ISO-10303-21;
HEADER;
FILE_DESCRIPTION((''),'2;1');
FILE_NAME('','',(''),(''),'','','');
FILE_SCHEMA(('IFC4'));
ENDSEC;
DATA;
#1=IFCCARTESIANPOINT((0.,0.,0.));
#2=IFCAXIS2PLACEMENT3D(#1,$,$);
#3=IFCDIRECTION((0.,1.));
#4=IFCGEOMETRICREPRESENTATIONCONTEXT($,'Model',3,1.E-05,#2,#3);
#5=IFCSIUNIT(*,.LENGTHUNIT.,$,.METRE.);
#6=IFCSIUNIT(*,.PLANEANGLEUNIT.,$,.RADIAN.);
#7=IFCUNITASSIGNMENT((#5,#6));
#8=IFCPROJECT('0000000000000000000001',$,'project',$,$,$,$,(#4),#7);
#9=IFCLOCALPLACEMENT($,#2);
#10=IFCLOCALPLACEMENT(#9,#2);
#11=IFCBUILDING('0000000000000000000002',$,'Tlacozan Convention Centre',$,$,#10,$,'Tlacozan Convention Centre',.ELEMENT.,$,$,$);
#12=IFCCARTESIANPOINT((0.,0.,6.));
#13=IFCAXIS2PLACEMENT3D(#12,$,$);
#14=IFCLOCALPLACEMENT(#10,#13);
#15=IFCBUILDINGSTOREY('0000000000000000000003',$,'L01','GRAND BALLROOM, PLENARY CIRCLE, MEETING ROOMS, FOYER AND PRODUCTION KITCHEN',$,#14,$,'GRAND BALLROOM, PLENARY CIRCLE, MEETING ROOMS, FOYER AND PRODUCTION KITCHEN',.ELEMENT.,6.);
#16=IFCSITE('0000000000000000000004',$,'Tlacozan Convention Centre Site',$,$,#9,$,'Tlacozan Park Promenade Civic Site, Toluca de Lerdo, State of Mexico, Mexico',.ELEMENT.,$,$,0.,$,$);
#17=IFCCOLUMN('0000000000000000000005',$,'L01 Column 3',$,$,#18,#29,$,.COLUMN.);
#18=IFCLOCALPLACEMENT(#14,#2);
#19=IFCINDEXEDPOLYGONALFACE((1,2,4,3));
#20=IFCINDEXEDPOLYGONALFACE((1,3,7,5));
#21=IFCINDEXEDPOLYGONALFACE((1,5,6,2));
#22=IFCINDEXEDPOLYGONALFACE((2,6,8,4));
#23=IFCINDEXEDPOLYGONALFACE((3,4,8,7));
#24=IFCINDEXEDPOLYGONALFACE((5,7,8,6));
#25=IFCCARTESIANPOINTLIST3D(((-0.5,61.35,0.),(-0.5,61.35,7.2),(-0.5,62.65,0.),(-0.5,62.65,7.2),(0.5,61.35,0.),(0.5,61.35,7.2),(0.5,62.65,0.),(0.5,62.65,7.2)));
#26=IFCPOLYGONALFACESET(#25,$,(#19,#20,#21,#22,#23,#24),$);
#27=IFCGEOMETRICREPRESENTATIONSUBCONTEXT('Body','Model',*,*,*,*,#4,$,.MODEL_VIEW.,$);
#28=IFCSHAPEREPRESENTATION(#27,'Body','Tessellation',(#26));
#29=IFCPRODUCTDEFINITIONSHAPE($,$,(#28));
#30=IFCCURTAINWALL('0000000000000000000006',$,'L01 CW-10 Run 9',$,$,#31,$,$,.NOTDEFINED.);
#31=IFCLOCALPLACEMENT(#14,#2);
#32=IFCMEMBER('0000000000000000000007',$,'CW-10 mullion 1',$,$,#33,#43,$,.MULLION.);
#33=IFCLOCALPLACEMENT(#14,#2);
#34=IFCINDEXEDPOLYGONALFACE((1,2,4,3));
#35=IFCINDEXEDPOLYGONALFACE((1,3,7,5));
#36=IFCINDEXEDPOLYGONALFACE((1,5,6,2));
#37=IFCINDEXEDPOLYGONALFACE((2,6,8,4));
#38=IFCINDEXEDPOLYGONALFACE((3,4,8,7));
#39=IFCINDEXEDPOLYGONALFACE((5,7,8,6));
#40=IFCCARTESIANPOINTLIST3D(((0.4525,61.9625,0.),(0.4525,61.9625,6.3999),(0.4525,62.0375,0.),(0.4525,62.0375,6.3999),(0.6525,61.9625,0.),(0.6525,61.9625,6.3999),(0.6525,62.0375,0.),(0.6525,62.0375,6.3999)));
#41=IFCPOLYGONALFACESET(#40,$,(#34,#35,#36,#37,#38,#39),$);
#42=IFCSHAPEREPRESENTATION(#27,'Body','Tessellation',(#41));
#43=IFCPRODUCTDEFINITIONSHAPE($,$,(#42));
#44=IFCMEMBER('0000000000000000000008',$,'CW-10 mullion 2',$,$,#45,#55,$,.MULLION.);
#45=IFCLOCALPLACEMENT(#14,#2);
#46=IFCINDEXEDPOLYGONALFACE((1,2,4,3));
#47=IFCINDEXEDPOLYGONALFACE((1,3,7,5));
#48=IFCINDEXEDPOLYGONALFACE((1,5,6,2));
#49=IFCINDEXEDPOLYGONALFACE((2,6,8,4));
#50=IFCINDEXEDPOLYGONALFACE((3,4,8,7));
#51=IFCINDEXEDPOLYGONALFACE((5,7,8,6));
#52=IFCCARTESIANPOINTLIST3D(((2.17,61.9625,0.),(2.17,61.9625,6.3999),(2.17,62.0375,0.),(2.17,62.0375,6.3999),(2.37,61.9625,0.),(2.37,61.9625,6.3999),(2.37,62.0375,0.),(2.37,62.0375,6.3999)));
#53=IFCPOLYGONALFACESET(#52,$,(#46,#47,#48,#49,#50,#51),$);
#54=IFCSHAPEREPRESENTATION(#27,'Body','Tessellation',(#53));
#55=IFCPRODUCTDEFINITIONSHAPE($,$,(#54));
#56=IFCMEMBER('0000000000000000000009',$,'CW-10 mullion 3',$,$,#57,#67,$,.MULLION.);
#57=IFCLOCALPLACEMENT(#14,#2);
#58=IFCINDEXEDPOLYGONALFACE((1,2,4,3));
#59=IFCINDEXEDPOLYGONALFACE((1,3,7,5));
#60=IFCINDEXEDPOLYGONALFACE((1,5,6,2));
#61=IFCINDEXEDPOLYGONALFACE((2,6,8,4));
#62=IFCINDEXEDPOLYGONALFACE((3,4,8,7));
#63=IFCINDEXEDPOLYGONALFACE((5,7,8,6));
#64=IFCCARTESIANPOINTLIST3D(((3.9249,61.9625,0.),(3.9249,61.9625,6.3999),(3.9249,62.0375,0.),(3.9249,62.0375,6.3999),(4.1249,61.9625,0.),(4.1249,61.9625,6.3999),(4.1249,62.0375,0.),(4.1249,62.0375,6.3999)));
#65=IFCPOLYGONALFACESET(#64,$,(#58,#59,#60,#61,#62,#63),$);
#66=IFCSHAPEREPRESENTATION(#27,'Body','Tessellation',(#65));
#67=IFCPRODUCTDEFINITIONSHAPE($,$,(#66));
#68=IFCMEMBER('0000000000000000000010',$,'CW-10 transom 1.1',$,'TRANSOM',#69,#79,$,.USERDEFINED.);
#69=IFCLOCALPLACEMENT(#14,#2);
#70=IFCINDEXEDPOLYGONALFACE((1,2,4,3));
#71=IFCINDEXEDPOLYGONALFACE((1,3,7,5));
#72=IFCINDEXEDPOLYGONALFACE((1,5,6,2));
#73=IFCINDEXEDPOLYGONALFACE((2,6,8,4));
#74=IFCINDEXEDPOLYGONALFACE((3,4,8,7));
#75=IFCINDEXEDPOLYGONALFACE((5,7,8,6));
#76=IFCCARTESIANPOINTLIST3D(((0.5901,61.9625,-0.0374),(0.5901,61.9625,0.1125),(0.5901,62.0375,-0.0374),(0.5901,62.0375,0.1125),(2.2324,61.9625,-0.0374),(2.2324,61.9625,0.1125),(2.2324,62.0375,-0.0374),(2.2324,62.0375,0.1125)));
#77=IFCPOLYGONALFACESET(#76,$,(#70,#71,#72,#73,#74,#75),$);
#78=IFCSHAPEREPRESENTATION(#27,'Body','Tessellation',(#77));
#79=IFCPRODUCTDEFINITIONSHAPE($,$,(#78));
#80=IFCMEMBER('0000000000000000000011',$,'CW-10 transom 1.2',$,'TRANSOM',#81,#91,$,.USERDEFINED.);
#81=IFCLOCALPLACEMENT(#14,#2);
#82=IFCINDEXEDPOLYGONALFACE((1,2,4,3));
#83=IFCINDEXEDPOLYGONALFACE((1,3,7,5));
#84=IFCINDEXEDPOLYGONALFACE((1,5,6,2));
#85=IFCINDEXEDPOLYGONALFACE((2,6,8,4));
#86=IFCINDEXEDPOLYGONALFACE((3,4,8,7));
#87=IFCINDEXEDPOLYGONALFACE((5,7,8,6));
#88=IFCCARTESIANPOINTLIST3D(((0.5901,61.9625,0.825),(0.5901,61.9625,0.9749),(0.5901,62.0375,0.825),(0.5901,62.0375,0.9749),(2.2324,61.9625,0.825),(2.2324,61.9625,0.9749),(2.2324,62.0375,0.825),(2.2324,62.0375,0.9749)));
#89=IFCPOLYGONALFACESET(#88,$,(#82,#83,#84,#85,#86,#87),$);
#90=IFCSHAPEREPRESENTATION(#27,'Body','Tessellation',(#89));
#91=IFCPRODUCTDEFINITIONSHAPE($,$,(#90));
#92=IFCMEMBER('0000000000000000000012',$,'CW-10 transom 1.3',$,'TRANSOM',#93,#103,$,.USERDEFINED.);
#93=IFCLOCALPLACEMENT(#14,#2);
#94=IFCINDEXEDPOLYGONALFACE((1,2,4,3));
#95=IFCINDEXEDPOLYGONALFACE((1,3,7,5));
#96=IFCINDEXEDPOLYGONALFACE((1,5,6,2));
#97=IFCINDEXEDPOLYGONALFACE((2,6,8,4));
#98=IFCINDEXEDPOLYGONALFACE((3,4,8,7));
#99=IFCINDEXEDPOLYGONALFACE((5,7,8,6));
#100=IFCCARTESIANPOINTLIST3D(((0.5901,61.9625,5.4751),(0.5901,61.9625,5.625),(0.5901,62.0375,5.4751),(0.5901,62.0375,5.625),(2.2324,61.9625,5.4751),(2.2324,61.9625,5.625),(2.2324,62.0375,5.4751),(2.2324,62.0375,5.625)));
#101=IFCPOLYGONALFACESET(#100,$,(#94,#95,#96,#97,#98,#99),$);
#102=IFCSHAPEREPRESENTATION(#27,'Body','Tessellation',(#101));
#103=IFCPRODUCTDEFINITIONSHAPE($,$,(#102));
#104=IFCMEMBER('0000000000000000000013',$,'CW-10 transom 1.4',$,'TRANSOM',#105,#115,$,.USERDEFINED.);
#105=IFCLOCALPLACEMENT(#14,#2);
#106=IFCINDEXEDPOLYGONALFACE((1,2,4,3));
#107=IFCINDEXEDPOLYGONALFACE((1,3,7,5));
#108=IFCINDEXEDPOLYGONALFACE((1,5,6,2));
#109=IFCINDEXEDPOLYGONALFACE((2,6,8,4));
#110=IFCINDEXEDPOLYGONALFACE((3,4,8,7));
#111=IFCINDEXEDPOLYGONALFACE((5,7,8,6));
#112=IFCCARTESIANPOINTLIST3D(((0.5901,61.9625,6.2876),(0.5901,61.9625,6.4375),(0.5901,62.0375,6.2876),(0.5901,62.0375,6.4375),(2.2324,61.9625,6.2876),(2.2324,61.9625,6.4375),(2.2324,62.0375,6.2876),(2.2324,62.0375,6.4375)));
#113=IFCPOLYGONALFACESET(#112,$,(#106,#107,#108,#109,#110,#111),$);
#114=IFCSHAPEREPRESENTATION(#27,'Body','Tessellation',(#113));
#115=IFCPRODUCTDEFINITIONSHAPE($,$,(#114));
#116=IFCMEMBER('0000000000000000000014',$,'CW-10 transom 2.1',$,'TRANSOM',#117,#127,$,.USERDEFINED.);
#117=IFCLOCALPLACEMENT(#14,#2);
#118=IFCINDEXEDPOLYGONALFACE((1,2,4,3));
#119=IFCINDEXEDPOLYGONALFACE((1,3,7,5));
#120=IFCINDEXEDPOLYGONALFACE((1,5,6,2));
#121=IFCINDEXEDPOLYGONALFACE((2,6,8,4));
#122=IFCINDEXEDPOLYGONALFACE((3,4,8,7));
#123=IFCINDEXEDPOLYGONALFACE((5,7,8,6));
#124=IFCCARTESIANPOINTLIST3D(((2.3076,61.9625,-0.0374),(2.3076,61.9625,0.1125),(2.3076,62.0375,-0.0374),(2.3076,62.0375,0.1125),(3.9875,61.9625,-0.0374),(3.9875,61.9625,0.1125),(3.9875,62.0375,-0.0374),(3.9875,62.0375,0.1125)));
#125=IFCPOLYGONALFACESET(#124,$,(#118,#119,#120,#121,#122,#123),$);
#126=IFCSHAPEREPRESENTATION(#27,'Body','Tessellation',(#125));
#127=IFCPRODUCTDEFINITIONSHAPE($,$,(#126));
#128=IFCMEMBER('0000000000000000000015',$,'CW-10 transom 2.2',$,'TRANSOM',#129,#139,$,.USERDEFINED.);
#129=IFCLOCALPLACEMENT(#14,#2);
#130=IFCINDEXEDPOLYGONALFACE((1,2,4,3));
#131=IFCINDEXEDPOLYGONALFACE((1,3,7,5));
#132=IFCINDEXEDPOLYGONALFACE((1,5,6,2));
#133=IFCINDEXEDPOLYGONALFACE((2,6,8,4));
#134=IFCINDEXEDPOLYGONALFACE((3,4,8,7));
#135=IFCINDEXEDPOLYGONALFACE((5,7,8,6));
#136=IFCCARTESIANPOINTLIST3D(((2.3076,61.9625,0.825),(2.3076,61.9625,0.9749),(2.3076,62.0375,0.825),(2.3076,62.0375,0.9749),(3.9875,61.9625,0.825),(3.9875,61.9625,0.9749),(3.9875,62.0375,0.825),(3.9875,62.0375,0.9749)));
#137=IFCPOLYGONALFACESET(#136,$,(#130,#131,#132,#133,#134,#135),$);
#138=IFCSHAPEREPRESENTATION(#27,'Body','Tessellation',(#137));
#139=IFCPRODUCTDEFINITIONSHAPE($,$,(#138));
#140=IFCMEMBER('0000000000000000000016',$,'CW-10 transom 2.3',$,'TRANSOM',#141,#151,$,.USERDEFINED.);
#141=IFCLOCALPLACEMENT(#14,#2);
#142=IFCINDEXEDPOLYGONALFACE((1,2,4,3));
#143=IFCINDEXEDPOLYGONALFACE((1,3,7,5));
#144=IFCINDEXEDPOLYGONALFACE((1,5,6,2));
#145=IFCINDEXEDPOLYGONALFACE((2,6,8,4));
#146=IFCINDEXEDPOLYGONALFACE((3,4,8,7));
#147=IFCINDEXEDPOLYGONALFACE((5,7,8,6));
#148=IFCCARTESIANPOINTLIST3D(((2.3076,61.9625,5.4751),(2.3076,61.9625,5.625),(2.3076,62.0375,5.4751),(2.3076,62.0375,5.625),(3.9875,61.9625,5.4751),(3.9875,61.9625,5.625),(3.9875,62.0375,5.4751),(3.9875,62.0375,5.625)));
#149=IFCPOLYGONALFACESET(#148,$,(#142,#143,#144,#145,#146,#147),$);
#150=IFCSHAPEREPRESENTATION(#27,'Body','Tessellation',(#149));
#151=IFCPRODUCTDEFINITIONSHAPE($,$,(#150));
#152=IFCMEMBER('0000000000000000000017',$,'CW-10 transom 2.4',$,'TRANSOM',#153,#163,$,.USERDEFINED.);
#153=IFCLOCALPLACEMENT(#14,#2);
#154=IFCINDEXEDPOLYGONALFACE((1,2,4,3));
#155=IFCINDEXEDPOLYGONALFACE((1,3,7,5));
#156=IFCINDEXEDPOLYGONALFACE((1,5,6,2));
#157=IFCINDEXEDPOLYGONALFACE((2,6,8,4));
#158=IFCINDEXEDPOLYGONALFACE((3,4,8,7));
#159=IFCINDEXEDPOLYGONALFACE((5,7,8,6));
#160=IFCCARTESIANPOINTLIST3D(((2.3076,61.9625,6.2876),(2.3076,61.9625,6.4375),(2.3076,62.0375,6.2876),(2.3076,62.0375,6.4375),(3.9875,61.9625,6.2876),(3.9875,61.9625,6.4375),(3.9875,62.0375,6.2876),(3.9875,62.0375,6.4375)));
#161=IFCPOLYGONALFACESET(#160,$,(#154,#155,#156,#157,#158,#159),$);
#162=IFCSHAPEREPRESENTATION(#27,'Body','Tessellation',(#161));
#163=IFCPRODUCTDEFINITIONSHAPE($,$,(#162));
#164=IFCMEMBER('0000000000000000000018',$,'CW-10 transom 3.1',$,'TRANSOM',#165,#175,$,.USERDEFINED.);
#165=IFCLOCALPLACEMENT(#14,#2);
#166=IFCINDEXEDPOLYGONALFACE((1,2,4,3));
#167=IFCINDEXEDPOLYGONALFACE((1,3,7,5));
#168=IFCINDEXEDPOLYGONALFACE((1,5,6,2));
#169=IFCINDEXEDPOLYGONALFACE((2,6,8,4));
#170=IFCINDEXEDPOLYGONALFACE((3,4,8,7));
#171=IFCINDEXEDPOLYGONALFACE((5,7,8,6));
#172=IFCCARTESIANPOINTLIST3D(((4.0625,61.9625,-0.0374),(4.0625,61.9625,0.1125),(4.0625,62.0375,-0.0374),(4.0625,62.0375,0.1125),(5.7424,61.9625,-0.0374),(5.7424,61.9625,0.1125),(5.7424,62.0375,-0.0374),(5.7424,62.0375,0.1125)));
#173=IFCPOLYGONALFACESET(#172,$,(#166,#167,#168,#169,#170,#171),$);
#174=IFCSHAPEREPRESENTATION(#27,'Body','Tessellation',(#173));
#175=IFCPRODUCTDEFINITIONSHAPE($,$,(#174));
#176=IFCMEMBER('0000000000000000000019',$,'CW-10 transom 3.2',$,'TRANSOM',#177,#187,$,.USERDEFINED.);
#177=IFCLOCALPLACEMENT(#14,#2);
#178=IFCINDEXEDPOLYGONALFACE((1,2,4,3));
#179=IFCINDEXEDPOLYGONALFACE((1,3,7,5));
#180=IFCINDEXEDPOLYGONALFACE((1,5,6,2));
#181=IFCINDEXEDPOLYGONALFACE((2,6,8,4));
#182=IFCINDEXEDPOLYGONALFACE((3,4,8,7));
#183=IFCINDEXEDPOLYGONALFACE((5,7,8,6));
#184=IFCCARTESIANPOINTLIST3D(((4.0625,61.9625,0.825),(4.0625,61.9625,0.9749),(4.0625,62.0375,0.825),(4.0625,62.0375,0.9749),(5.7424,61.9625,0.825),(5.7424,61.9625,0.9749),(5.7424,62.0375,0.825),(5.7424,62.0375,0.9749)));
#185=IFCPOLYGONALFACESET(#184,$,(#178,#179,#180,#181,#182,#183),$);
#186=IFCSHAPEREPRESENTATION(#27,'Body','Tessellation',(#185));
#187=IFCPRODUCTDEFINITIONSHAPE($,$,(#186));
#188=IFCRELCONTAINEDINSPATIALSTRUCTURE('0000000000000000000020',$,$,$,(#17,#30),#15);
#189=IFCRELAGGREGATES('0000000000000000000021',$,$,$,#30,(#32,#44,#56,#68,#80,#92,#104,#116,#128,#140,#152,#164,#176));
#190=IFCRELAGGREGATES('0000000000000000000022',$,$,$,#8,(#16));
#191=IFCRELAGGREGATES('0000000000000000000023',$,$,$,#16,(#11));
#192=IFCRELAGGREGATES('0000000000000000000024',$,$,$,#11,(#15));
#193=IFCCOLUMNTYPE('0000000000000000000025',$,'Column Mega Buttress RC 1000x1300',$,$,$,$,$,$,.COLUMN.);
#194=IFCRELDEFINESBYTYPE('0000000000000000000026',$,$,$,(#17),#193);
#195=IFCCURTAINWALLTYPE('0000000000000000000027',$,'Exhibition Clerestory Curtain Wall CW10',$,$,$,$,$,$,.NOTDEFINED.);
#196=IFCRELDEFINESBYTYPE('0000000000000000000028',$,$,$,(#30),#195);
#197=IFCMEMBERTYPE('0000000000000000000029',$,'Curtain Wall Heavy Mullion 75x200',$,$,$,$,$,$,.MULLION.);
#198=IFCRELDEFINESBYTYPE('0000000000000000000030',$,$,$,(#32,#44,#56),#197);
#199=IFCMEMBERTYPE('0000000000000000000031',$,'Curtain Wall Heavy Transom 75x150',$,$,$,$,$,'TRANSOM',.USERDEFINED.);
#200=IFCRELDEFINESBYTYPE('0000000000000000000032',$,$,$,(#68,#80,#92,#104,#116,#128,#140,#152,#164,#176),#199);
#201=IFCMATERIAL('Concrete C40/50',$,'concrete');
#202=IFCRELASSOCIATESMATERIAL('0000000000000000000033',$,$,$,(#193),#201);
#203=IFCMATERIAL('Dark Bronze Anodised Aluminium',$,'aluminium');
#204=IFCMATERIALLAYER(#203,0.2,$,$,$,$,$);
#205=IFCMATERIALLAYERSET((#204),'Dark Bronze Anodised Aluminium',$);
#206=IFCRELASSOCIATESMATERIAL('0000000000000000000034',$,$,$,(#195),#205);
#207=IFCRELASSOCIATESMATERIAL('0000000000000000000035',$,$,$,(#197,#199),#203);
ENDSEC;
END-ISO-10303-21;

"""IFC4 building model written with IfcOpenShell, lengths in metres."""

from ifc_helpers import new_model, si_unit, direction, frame, origin, origin_2d, place, context, subcontext, project, spatial, rectangle, extrude, material, layer, layer_set, material_profile, profile_set, type_object, element, aggregate, save


model = new_model("IFC4")

# Units and contexts
model_context = context("Model", 3, precision=1e-05, world=origin(), true_north=direction((0.0, 1.0)))
body_context = subcontext(model_context, "Body", "Model", "MODEL_VIEW")
ifc_project = project(units=[si_unit("LENGTHUNIT", "METRE"), si_unit("PLANEANGLEUNIT", "RADIAN")], contexts=[model_context])

# Site, building, storey
site_placement = place(None, origin())
site = spatial("IfcSite", under=ifc_project, at=site_placement, Name="Tlacozan Convention Centre Site", LongName="Tlacozan Park Promenade Civic Site, Toluca de Lerdo, State of Mexico, Mexico", CompositionType="ELEMENT", RefElevation=0.0)
building_placement = place(site_placement, origin())
building = spatial("IfcBuilding", under=site, at=building_placement, Name="Tlacozan Convention Centre", LongName="Tlacozan Convention Centre", CompositionType="ELEMENT")
storey_placement = place(building_placement, frame((0.0, 0.0, 6.0)))
storey = spatial("IfcBuildingStorey", under=building, at=storey_placement, Name="L01", Description="GRAND BALLROOM, PLENARY CIRCLE, MEETING ROOMS, FOYER AND PRODUCTION KITCHEN", LongName="GRAND BALLROOM, PLENARY CIRCLE, MEETING ROOMS, FOYER AND PRODUCTION KITCHEN", CompositionType="ELEMENT", Elevation=6.0)

# Column
ifc_material_1 = material(Name="Concrete C40/50", Category="concrete")
ifc_material_profile_1 = material_profile(ifc_material_1, rectangle(XDim=1.0, YDim=1.3, at=origin_2d()), Name="RC 1000x1300")
ifc_profile_set_1 = profile_set([ifc_material_profile_1], Name="Concrete C40/50")
column_type = type_object("IfcColumnType", Name="Column Mega Buttress RC 1000x1300", PredefinedType="COLUMN", material=ifc_profile_set_1)
column_placement = place(storey_placement, frame((0.0, 62.0, 0.0), z_axis=(0.0, 0.0, 1.0), x_axis=(1.0, 0.0, 0.0)))
element("IfcColumn", 1, at=column_placement, inside=storey, type_object=column_type, Name="L01 Column 3", PredefinedType="COLUMN", context=body_context, shape_type="SweptSolid", body=[
    extrude(rectangle(XDim=1.0, YDim=1.3, at=origin_2d()), origin(), (0.0, 0.0, 1.0), 7.2),
])

# Curtain wall, members
ifc_material_2 = material(Name="Dark Bronze Anodised Aluminium", Category="aluminium")
ifc_layer_1 = layer(ifc_material_2, 0.2)
ifc_layer_set_1 = layer_set([ifc_layer_1], Name="Dark Bronze Anodised Aluminium")
curtain_wall_type = type_object("IfcCurtainWallType", Name="Exhibition Clerestory Curtain Wall CW10", PredefinedType="NOTDEFINED", material=ifc_layer_set_1)
curtain_wall_placement = place(storey_placement, origin())
curtain_wall = element("IfcCurtainWall", 2, at=curtain_wall_placement, inside=storey, type_object=curtain_wall_type, Name="L01 CW-10 Run 9", PredefinedType="NOTDEFINED")
ifc_material_profile_2 = material_profile(ifc_material_2, rectangle(XDim=0.075, YDim=0.2, at=origin_2d()), Name="ALU 75x200")
ifc_profile_set_2 = profile_set([ifc_material_profile_2], Name="Dark Bronze Anodised Aluminium")
member_type_1 = type_object("IfcMemberType", Name="Curtain Wall Heavy Mullion 75x200", PredefinedType="MULLION", material=ifc_profile_set_2)
member_1_placement = place(storey_placement, frame((0.5525, 62.0, 0.0), z_axis=(0.0, 0.0, 1.0), x_axis=(0.0, 1.0, 0.0)))
member_1 = element("IfcMember", 3, at=member_1_placement, type_object=member_type_1, Name="CW-10 mullion 1", PredefinedType="MULLION", context=body_context, shape_type="SweptSolid", body=[
    extrude(rectangle(XDim=0.075, YDim=0.2, at=origin_2d()), origin(), (0.0, 0.0, 1.0), 6.3999),
])
member_2_placement = place(storey_placement, frame((2.27, 62.0, 0.0), z_axis=(0.0, 0.0, 1.0), x_axis=(0.0, 1.0, 0.0)))
member_2 = element("IfcMember", 4, at=member_2_placement, type_object=member_type_1, Name="CW-10 mullion 2", PredefinedType="MULLION", context=body_context, shape_type="SweptSolid", body=[
    extrude(rectangle(XDim=0.075, YDim=0.2, at=origin_2d()), origin(), (0.0, 0.0, 1.0), 6.3999),
])
member_3_placement = place(storey_placement, frame((4.0249, 62.0, 0.0), z_axis=(0.0, 0.0, 1.0), x_axis=(0.0, 1.0, 0.0)))
member_3 = element("IfcMember", 5, at=member_3_placement, type_object=member_type_1, Name="CW-10 mullion 3", PredefinedType="MULLION", context=body_context, shape_type="SweptSolid", body=[
    extrude(rectangle(XDim=0.075, YDim=0.2, at=origin_2d()), origin(), (0.0, 0.0, 1.0), 6.3999),
])
ifc_material_profile_3 = material_profile(ifc_material_2, rectangle(XDim=0.075, YDim=0.1499, at=origin_2d()), Name="ALU 75x150")
ifc_profile_set_3 = profile_set([ifc_material_profile_3], Name="Dark Bronze Anodised Aluminium")
member_type_2 = type_object("IfcMemberType", Name="Curtain Wall Heavy Transom 75x150", ElementType="TRANSOM", PredefinedType="USERDEFINED", material=ifc_profile_set_3)
member_4_placement = place(storey_placement, frame((0.5901, 62.0, 0.0376), z_axis=(1.0, 0.0, 0.0), x_axis=(0.0, 1.0, 0.0)))
member_4 = element("IfcMember", 6, at=member_4_placement, type_object=member_type_2, Name="CW-10 transom 1.1", ObjectType="TRANSOM", PredefinedType="USERDEFINED", context=body_context, shape_type="SweptSolid", body=[
    extrude(rectangle(XDim=0.075, YDim=0.1499, at=origin_2d()), origin(), (0.0, 0.0, 1.0), 1.6423),
])
member_5_placement = place(storey_placement, frame((0.5901, 62.0, 0.8999), z_axis=(1.0, 0.0, 0.0), x_axis=(0.0, 1.0, 0.0)))
member_5 = element("IfcMember", 7, at=member_5_placement, type_object=member_type_2, Name="CW-10 transom 1.2", ObjectType="TRANSOM", PredefinedType="USERDEFINED", context=body_context, shape_type="SweptSolid", body=[
    extrude(rectangle(XDim=0.075, YDim=0.1499, at=origin_2d()), origin(), (0.0, 0.0, 1.0), 1.6423),
])
member_6_placement = place(storey_placement, frame((0.5901, 62.0, 5.55), z_axis=(1.0, 0.0, 0.0), x_axis=(0.0, 1.0, 0.0)))
member_6 = element("IfcMember", 8, at=member_6_placement, type_object=member_type_2, Name="CW-10 transom 1.3", ObjectType="TRANSOM", PredefinedType="USERDEFINED", context=body_context, shape_type="SweptSolid", body=[
    extrude(rectangle(XDim=0.075, YDim=0.1499, at=origin_2d()), origin(), (0.0, 0.0, 1.0), 1.6423),
])
member_7_placement = place(storey_placement, frame((0.5901, 62.0, 6.3625), z_axis=(1.0, 0.0, 0.0), x_axis=(0.0, 1.0, 0.0)))
member_7 = element("IfcMember", 9, at=member_7_placement, type_object=member_type_2, Name="CW-10 transom 1.4", ObjectType="TRANSOM", PredefinedType="USERDEFINED", context=body_context, shape_type="SweptSolid", body=[
    extrude(rectangle(XDim=0.075, YDim=0.1499, at=origin_2d()), origin(), (0.0, 0.0, 1.0), 1.6423),
])
member_8_placement = place(storey_placement, frame((2.3076, 62.0, 0.0376), z_axis=(1.0, 0.0, 0.0), x_axis=(0.0, 1.0, 0.0)))
member_8 = element("IfcMember", 10, at=member_8_placement, type_object=member_type_2, Name="CW-10 transom 2.1", ObjectType="TRANSOM", PredefinedType="USERDEFINED", context=body_context, shape_type="SweptSolid", body=[
    extrude(rectangle(XDim=0.075, YDim=0.1499, at=origin_2d()), origin(), (0.0, 0.0, 1.0), 1.6799),
])
member_9_placement = place(storey_placement, frame((2.3076, 62.0, 0.8999), z_axis=(1.0, 0.0, 0.0), x_axis=(0.0, 1.0, 0.0)))
member_9 = element("IfcMember", 11, at=member_9_placement, type_object=member_type_2, Name="CW-10 transom 2.2", ObjectType="TRANSOM", PredefinedType="USERDEFINED", context=body_context, shape_type="SweptSolid", body=[
    extrude(rectangle(XDim=0.075, YDim=0.1499, at=origin_2d()), origin(), (0.0, 0.0, 1.0), 1.6799),
])
member_10_placement = place(storey_placement, frame((2.3076, 62.0, 5.55), z_axis=(1.0, 0.0, 0.0), x_axis=(0.0, 1.0, 0.0)))
member_10 = element("IfcMember", 12, at=member_10_placement, type_object=member_type_2, Name="CW-10 transom 2.3", ObjectType="TRANSOM", PredefinedType="USERDEFINED", context=body_context, shape_type="SweptSolid", body=[
    extrude(rectangle(XDim=0.075, YDim=0.1499, at=origin_2d()), origin(), (0.0, 0.0, 1.0), 1.6799),
])
member_11_placement = place(storey_placement, frame((2.3076, 62.0, 6.3625), z_axis=(1.0, 0.0, 0.0), x_axis=(0.0, 1.0, 0.0)))
member_11 = element("IfcMember", 13, at=member_11_placement, type_object=member_type_2, Name="CW-10 transom 2.4", ObjectType="TRANSOM", PredefinedType="USERDEFINED", context=body_context, shape_type="SweptSolid", body=[
    extrude(rectangle(XDim=0.075, YDim=0.1499, at=origin_2d()), origin(), (0.0, 0.0, 1.0), 1.6799),
])
member_12_placement = place(storey_placement, frame((4.0625, 62.0, 0.0376), z_axis=(1.0, 0.0, 0.0), x_axis=(0.0, 1.0, 0.0)))
member_12 = element("IfcMember", 14, at=member_12_placement, type_object=member_type_2, Name="CW-10 transom 3.1", ObjectType="TRANSOM", PredefinedType="USERDEFINED", context=body_context, shape_type="SweptSolid", body=[
    extrude(rectangle(XDim=0.075, YDim=0.1499, at=origin_2d()), origin(), (0.0, 0.0, 1.0), 1.6799),
])
member_13_placement = place(storey_placement, frame((4.0625, 62.0, 0.8999), z_axis=(1.0, 0.0, 0.0), x_axis=(0.0, 1.0, 0.0)))
member_13 = element("IfcMember", 15, at=member_13_placement, type_object=member_type_2, Name="CW-10 transom 3.2", ObjectType="TRANSOM", PredefinedType="USERDEFINED", context=body_context, shape_type="SweptSolid", body=[
    extrude(rectangle(XDim=0.075, YDim=0.1499, at=origin_2d()), origin(), (0.0, 0.0, 1.0), 1.6799),
])
aggregate(curtain_wall, [member_1, member_2, member_3, member_4, member_5, member_6, member_7, member_8, member_9, member_10, member_11, member_12, member_13])

save(model, "model.ifc")
